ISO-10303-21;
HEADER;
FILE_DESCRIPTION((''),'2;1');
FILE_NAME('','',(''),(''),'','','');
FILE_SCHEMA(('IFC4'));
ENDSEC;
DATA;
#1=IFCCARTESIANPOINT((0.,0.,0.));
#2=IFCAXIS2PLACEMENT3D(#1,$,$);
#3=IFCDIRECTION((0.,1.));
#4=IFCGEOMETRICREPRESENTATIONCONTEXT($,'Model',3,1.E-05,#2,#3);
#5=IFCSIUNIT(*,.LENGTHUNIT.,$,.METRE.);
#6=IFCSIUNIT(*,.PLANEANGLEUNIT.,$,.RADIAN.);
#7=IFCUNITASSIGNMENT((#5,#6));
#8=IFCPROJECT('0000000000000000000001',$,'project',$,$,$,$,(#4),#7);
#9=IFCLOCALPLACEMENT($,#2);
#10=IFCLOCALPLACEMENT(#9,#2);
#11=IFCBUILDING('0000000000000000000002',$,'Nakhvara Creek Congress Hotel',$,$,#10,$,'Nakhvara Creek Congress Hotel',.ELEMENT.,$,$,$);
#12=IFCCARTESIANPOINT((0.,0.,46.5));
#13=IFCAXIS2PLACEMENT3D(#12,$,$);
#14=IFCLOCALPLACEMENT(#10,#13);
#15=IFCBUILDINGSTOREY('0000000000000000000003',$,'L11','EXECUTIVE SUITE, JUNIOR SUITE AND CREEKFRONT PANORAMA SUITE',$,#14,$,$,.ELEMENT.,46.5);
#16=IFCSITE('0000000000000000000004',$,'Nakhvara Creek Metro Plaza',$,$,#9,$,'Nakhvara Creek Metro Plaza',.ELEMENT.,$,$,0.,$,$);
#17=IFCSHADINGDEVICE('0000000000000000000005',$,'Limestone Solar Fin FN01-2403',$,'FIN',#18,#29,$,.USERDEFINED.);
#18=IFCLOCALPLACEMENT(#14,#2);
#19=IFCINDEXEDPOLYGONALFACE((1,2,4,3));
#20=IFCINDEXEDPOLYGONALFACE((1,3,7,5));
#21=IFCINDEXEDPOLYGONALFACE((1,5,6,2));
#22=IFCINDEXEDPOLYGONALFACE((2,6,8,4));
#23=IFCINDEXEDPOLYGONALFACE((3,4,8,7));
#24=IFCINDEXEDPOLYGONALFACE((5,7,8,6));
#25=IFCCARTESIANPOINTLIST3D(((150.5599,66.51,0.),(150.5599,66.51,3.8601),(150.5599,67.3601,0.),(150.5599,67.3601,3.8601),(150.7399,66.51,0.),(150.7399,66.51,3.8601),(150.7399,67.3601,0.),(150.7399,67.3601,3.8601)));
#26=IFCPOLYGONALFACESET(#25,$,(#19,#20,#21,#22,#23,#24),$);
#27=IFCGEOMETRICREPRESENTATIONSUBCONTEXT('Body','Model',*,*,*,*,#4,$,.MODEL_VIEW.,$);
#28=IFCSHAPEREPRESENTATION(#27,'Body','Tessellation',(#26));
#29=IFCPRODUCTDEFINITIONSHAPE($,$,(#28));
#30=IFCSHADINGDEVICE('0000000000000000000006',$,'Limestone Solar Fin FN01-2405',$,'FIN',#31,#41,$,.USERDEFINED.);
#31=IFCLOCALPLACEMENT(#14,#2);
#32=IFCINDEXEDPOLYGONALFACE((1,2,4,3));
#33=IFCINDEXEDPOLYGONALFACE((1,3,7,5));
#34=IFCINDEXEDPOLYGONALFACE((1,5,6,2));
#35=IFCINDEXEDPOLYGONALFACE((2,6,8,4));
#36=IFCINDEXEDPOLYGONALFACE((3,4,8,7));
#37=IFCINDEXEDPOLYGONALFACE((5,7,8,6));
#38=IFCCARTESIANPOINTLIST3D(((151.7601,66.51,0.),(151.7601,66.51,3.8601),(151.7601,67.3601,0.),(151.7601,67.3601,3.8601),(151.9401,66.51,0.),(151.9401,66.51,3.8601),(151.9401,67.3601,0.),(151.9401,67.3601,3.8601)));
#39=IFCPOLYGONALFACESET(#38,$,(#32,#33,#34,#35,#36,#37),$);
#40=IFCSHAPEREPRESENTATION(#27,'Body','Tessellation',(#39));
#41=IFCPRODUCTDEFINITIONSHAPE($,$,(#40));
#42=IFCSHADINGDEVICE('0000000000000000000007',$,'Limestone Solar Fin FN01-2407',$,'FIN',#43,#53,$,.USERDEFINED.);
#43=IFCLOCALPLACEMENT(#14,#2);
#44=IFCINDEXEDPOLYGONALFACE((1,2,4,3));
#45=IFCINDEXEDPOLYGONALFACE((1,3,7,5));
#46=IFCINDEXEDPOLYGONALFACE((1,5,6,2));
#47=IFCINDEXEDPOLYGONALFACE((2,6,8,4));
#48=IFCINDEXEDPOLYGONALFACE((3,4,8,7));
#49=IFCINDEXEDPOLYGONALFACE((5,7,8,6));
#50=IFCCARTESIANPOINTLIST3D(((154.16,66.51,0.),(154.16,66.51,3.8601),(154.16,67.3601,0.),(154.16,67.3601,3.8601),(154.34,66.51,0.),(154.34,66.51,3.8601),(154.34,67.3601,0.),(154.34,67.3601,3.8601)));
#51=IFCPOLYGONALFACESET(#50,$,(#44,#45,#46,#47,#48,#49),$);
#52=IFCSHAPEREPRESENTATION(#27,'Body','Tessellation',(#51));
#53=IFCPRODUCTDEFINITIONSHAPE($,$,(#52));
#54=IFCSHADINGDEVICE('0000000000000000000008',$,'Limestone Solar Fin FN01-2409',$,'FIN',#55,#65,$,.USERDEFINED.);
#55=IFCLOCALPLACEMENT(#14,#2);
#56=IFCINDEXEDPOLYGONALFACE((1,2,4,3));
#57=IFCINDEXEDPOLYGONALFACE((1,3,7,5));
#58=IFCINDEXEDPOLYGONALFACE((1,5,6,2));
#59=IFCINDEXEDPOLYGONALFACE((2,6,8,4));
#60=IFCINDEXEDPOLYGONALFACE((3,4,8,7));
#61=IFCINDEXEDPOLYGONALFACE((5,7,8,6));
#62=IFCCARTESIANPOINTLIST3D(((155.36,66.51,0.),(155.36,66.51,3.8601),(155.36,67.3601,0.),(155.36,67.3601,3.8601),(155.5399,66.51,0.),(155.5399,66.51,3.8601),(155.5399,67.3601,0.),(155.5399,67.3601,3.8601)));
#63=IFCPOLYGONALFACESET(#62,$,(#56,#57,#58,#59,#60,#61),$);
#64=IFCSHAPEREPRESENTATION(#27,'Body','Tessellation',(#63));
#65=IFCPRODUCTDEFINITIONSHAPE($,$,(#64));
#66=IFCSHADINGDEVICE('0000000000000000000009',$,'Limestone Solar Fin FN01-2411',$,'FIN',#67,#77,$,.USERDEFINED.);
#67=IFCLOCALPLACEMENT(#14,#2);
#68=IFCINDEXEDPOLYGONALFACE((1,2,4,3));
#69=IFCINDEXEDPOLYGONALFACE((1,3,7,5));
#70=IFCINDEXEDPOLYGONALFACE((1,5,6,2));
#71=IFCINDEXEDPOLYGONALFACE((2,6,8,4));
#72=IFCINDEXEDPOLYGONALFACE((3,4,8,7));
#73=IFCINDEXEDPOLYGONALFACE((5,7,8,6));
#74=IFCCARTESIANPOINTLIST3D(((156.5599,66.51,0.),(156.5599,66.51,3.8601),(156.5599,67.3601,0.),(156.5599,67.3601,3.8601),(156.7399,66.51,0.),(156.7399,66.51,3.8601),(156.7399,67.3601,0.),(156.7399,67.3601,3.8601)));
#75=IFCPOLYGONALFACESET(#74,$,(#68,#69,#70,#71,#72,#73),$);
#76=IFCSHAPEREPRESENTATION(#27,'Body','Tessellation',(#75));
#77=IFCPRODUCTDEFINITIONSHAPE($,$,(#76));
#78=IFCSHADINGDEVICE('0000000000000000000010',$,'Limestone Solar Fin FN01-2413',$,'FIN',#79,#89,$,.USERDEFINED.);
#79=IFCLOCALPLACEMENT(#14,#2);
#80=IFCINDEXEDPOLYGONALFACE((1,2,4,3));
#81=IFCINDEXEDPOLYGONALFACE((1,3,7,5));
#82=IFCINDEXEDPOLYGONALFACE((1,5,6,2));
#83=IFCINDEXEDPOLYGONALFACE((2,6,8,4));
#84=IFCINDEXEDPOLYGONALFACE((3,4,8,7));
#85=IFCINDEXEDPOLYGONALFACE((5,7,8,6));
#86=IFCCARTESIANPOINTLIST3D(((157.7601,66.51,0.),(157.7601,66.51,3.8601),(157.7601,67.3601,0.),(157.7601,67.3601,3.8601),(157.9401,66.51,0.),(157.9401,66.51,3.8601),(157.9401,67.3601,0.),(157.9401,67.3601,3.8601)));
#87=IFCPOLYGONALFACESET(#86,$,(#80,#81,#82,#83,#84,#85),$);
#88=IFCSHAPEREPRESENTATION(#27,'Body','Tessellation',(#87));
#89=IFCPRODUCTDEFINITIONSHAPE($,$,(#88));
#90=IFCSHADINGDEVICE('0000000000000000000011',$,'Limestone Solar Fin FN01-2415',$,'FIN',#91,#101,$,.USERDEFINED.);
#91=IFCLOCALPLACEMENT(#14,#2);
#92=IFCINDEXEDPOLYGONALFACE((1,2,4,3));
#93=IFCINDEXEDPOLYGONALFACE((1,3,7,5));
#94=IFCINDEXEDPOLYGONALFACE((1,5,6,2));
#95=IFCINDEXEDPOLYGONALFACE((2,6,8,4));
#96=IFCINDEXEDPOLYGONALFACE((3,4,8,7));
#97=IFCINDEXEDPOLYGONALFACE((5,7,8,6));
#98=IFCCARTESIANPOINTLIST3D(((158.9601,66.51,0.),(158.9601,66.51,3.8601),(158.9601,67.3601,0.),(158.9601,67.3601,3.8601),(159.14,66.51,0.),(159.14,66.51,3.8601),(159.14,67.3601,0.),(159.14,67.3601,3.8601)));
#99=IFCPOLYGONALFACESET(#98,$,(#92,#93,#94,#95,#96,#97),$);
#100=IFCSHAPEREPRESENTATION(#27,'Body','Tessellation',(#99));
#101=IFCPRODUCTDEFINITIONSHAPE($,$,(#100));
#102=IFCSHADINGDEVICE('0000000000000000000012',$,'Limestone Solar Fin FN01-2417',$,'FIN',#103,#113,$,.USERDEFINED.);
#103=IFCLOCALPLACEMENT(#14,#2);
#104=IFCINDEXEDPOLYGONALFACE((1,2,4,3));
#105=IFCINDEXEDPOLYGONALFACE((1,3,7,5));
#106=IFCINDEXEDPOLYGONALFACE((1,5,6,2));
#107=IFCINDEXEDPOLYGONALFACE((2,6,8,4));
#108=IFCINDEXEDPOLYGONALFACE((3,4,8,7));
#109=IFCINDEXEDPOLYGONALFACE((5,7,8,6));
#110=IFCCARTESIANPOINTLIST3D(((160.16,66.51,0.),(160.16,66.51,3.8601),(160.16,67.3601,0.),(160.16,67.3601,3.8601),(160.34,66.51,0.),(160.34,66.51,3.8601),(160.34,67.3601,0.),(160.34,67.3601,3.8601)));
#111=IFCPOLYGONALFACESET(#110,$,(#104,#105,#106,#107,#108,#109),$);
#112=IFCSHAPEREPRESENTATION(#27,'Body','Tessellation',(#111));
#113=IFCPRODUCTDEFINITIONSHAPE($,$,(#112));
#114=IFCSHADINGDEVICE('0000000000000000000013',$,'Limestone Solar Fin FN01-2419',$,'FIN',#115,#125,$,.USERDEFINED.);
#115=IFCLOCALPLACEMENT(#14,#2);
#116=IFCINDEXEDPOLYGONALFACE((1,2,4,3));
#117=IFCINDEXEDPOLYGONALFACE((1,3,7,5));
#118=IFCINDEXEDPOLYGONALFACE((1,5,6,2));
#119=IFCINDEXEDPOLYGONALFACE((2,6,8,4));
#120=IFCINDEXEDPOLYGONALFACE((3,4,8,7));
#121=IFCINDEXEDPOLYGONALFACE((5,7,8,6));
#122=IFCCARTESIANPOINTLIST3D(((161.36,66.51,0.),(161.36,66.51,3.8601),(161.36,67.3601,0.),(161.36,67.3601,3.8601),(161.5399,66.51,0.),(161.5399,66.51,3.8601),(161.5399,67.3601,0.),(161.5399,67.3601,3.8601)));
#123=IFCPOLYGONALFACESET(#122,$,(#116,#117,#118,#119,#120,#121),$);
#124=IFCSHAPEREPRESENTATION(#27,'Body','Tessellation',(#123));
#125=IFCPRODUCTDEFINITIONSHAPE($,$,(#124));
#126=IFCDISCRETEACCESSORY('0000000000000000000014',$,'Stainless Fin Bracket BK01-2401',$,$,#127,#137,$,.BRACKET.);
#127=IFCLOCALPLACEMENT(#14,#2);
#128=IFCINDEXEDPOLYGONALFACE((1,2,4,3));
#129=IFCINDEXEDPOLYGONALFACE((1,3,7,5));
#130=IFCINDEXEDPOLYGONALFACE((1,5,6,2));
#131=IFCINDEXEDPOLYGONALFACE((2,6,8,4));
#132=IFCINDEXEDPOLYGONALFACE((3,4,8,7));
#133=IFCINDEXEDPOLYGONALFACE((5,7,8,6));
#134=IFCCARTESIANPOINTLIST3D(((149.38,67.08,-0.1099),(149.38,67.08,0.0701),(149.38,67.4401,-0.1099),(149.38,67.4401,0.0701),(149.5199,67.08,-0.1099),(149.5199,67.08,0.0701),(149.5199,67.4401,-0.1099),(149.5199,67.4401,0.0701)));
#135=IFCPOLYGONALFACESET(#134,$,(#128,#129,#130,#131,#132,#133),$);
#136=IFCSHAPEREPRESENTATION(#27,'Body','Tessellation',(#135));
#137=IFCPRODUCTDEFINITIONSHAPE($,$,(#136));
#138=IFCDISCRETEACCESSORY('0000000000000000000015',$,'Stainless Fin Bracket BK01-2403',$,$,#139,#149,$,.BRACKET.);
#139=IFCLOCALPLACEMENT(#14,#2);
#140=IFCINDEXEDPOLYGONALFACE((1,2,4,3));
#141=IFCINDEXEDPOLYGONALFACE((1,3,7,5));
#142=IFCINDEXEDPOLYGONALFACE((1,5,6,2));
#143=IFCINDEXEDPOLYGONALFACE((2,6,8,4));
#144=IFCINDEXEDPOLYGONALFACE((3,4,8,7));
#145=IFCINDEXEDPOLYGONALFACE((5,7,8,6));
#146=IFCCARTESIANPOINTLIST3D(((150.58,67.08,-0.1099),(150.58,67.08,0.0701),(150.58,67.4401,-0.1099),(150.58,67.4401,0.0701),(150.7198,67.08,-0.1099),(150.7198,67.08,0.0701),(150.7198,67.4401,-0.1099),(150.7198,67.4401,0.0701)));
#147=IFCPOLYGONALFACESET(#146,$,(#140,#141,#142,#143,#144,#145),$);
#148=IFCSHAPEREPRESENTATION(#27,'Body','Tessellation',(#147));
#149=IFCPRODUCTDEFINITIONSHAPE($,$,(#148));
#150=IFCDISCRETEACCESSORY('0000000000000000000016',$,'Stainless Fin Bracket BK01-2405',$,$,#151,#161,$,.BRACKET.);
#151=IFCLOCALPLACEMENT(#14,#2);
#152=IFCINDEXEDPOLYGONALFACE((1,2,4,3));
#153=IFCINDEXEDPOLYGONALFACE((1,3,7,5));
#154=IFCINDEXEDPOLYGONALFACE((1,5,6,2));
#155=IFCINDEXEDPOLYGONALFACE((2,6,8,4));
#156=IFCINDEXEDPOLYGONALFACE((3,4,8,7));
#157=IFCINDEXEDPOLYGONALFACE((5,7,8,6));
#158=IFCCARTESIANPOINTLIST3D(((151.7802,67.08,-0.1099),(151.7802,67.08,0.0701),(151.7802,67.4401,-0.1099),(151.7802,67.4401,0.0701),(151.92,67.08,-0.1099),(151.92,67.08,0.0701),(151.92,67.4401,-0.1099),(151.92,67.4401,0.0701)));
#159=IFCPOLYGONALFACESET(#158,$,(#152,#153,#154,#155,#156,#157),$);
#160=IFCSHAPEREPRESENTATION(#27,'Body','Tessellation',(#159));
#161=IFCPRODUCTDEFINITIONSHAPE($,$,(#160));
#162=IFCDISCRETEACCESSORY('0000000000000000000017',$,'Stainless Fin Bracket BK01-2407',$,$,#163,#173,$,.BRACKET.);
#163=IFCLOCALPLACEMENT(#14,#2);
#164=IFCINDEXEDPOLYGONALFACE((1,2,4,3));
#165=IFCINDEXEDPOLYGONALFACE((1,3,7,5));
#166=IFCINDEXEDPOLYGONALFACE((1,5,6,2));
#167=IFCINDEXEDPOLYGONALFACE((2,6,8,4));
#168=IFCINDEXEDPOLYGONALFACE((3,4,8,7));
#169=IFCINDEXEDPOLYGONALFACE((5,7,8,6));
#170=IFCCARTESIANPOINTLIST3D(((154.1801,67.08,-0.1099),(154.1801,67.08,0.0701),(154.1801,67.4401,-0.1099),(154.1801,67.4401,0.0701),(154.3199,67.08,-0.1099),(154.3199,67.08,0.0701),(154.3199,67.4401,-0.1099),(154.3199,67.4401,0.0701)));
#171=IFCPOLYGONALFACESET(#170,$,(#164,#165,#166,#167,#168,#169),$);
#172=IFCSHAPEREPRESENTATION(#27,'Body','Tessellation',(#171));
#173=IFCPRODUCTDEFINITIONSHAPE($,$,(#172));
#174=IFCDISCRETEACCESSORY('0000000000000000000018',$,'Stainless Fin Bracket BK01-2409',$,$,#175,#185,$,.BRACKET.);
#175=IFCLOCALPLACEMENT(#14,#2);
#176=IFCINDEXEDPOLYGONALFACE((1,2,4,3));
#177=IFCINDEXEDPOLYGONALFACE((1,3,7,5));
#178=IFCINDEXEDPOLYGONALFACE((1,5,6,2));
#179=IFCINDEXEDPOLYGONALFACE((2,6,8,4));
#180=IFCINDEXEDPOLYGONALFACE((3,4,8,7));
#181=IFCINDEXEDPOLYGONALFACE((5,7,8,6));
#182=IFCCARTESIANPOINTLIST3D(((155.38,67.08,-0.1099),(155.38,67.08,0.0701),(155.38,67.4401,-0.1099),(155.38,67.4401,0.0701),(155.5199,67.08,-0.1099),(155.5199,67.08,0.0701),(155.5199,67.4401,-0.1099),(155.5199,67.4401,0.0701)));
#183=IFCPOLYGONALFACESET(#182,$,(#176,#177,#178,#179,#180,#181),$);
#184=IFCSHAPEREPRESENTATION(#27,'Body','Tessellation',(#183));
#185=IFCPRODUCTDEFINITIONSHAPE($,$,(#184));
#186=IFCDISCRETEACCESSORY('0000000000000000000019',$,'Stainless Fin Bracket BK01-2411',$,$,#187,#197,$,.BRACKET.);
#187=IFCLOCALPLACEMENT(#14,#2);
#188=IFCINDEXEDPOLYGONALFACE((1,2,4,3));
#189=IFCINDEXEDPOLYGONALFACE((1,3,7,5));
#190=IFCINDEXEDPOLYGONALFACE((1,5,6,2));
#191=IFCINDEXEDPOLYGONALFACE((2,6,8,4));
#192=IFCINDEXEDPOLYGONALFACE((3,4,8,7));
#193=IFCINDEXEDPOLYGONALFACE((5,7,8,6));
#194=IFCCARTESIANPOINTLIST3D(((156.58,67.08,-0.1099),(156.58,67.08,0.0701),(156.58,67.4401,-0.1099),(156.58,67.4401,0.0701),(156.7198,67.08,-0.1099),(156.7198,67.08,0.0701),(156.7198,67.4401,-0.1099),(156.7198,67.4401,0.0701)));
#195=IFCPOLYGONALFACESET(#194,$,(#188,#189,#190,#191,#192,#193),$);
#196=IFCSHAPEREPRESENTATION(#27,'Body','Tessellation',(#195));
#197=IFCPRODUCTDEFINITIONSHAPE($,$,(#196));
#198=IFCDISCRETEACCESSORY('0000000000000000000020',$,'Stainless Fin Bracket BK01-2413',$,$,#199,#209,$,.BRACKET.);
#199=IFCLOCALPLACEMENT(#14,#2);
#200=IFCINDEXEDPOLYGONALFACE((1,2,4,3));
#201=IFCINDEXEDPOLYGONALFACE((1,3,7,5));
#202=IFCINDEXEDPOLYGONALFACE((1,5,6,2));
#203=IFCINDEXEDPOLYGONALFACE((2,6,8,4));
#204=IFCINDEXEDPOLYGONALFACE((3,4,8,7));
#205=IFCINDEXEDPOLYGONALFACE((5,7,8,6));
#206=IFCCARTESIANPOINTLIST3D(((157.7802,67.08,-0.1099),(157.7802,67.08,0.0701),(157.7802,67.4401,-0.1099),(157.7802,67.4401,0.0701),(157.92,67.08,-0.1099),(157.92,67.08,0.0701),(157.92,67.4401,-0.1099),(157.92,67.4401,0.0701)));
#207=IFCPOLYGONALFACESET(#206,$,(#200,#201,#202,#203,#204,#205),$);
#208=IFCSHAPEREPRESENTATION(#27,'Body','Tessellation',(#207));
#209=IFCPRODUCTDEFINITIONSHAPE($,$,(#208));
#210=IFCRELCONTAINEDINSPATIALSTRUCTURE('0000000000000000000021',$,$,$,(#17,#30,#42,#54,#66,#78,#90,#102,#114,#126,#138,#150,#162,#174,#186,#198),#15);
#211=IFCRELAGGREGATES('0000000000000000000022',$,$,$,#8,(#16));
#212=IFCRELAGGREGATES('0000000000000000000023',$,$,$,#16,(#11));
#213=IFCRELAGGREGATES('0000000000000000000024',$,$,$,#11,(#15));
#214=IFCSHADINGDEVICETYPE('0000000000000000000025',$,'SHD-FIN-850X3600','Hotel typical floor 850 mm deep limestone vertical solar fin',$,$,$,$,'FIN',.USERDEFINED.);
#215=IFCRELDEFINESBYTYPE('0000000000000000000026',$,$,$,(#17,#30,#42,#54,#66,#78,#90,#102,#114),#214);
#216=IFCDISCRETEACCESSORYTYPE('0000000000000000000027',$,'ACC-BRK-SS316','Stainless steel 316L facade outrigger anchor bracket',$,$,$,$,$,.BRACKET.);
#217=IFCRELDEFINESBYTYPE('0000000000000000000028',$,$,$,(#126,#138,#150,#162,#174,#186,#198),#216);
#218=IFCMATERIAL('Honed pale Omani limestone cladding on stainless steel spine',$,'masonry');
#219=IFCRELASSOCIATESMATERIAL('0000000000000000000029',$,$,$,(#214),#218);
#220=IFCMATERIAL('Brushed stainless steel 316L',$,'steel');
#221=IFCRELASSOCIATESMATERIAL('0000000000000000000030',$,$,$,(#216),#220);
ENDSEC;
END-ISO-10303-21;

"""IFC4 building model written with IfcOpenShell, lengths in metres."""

from ifc_helpers import new_model, si_unit, direction, frame, origin, origin_2d, place, context, subcontext, project, spatial, rectangle, extrude, material, type_object, element, save


model = new_model("IFC4")

# Units and contexts
model_context = context("Model", 3, precision=1e-05, world=origin(), true_north=direction((0.0, 1.0)))
body_context = subcontext(model_context, "Body", "Model", "MODEL_VIEW")
ifc_project = project(units=[si_unit("LENGTHUNIT", "METRE"), si_unit("PLANEANGLEUNIT", "RADIAN")], contexts=[model_context])

# Site, building, storey
site_placement = place(None, origin())
site = spatial("IfcSite", under=ifc_project, at=site_placement, Name="Nakhvara Creek Metro Plaza", LongName="Nakhvara Creek Metro Plaza", CompositionType="ELEMENT", RefElevation=0.0)
building_placement = place(site_placement, origin())
building = spatial("IfcBuilding", under=site, at=building_placement, Name="Nakhvara Creek Congress Hotel", LongName="Nakhvara Creek Congress Hotel", CompositionType="ELEMENT")
storey_placement = place(building_placement, frame((0.0, 0.0, 46.5)))
storey = spatial("IfcBuildingStorey", under=building, at=storey_placement, Name="L11", Description="EXECUTIVE SUITE, JUNIOR SUITE AND CREEKFRONT PANORAMA SUITE", CompositionType="ELEMENT", Elevation=46.5)

# Shading devices
ifc_material_1 = material(Name="Honed pale Omani limestone cladding on stainless steel spine", Category="masonry")
shading_device_type = type_object("IfcShadingDeviceType", Name="SHD-FIN-850X3600", Description="Hotel typical floor 850 mm deep limestone vertical solar fin", ElementType="FIN", PredefinedType="USERDEFINED", material=ifc_material_1)
for number, where, z_axis, x_axis, name in (
    (1, (150.6499, 66.9351, 0.0), (0.0, 0.0, 1.0), (1.0, 0.0, 0.0), "Limestone Solar Fin FN01-2403"),
    (2, (151.8501, 66.9351, 0.0), (0.0, 0.0, 1.0), (1.0, 0.0, 0.0), "Limestone Solar Fin FN01-2405"),
    (3, (154.25, 66.9351, 0.0), (0.0, 0.0, 1.0), (1.0, 0.0, 0.0), "Limestone Solar Fin FN01-2407"),
    (4, (155.45, 66.9351, 0.0), (0.0, 0.0, 1.0), (1.0, 0.0, 0.0), "Limestone Solar Fin FN01-2409"),
    (5, (156.6499, 66.9351, 0.0), (0.0, 0.0, 1.0), (1.0, 0.0, 0.0), "Limestone Solar Fin FN01-2411"),
    (6, (157.8501, 66.9351, 0.0), (0.0, 0.0, 1.0), (1.0, 0.0, 0.0), "Limestone Solar Fin FN01-2413"),
    (7, (159.05, 66.9351, 0.0), (0.0, 0.0, 1.0), (1.0, 0.0, 0.0), "Limestone Solar Fin FN01-2415"),
    (8, (160.25, 66.9351, 0.0), (0.0, 0.0, 1.0), (1.0, 0.0, 0.0), "Limestone Solar Fin FN01-2417"),
    (9, (161.45, 66.9351, 0.0), (0.0, 0.0, 1.0), (1.0, 0.0, 0.0), "Limestone Solar Fin FN01-2419"),
):
    element("IfcShadingDevice", number, at=place(storey_placement, frame(where, z_axis=z_axis, x_axis=x_axis)), inside=storey, type_object=shading_device_type, Name=name, ObjectType="FIN", PredefinedType="USERDEFINED", context=body_context, shape_type="SweptSolid", body=[
        extrude(rectangle(XDim=0.1799, YDim=0.8501, at=origin_2d()), origin(), (0.0, 0.0, 1.0), 3.8601),
    ])

# Discrete accessories
ifc_material_2 = material(Name="Brushed stainless steel 316L", Category="steel")
discrete_accessory_type = type_object("IfcDiscreteAccessoryType", Name="ACC-BRK-SS316", Description="Stainless steel 316L facade outrigger anchor bracket", PredefinedType="BRACKET", material=ifc_material_2)
for number, where, z_axis, x_axis, name in (
    (10, (149.45, 67.26, -0.1099), (0.0, 0.0, 1.0), (1.0, 0.0, 0.0), "Stainless Fin Bracket BK01-2401"),
    (11, (150.6499, 67.26, -0.1099), (0.0, 0.0, 1.0), (1.0, 0.0, 0.0), "Stainless Fin Bracket BK01-2403"),
    (12, (151.8501, 67.26, -0.1099), (0.0, 0.0, 1.0), (1.0, 0.0, 0.0), "Stainless Fin Bracket BK01-2405"),
    (13, (154.25, 67.26, -0.1099), (0.0, 0.0, 1.0), (1.0, 0.0, 0.0), "Stainless Fin Bracket BK01-2407"),
    (14, (155.45, 67.26, -0.1099), (0.0, 0.0, 1.0), (1.0, 0.0, 0.0), "Stainless Fin Bracket BK01-2409"),
    (15, (156.6499, 67.26, -0.1099), (0.0, 0.0, 1.0), (1.0, 0.0, 0.0), "Stainless Fin Bracket BK01-2411"),
    (16, (157.8501, 67.26, -0.1099), (0.0, 0.0, 1.0), (1.0, 0.0, 0.0), "Stainless Fin Bracket BK01-2413"),
):
    element("IfcDiscreteAccessory", number, at=place(storey_placement, frame(where, z_axis=z_axis, x_axis=x_axis)), inside=storey, type_object=discrete_accessory_type, Name=name, PredefinedType="BRACKET", context=body_context, shape_type="SweptSolid", body=[
        extrude(rectangle(XDim=0.1399, YDim=0.3601, at=origin_2d()), origin(), (0.0, 0.0, 1.0), 0.1799),
    ])

save(model, "model.ifc")
